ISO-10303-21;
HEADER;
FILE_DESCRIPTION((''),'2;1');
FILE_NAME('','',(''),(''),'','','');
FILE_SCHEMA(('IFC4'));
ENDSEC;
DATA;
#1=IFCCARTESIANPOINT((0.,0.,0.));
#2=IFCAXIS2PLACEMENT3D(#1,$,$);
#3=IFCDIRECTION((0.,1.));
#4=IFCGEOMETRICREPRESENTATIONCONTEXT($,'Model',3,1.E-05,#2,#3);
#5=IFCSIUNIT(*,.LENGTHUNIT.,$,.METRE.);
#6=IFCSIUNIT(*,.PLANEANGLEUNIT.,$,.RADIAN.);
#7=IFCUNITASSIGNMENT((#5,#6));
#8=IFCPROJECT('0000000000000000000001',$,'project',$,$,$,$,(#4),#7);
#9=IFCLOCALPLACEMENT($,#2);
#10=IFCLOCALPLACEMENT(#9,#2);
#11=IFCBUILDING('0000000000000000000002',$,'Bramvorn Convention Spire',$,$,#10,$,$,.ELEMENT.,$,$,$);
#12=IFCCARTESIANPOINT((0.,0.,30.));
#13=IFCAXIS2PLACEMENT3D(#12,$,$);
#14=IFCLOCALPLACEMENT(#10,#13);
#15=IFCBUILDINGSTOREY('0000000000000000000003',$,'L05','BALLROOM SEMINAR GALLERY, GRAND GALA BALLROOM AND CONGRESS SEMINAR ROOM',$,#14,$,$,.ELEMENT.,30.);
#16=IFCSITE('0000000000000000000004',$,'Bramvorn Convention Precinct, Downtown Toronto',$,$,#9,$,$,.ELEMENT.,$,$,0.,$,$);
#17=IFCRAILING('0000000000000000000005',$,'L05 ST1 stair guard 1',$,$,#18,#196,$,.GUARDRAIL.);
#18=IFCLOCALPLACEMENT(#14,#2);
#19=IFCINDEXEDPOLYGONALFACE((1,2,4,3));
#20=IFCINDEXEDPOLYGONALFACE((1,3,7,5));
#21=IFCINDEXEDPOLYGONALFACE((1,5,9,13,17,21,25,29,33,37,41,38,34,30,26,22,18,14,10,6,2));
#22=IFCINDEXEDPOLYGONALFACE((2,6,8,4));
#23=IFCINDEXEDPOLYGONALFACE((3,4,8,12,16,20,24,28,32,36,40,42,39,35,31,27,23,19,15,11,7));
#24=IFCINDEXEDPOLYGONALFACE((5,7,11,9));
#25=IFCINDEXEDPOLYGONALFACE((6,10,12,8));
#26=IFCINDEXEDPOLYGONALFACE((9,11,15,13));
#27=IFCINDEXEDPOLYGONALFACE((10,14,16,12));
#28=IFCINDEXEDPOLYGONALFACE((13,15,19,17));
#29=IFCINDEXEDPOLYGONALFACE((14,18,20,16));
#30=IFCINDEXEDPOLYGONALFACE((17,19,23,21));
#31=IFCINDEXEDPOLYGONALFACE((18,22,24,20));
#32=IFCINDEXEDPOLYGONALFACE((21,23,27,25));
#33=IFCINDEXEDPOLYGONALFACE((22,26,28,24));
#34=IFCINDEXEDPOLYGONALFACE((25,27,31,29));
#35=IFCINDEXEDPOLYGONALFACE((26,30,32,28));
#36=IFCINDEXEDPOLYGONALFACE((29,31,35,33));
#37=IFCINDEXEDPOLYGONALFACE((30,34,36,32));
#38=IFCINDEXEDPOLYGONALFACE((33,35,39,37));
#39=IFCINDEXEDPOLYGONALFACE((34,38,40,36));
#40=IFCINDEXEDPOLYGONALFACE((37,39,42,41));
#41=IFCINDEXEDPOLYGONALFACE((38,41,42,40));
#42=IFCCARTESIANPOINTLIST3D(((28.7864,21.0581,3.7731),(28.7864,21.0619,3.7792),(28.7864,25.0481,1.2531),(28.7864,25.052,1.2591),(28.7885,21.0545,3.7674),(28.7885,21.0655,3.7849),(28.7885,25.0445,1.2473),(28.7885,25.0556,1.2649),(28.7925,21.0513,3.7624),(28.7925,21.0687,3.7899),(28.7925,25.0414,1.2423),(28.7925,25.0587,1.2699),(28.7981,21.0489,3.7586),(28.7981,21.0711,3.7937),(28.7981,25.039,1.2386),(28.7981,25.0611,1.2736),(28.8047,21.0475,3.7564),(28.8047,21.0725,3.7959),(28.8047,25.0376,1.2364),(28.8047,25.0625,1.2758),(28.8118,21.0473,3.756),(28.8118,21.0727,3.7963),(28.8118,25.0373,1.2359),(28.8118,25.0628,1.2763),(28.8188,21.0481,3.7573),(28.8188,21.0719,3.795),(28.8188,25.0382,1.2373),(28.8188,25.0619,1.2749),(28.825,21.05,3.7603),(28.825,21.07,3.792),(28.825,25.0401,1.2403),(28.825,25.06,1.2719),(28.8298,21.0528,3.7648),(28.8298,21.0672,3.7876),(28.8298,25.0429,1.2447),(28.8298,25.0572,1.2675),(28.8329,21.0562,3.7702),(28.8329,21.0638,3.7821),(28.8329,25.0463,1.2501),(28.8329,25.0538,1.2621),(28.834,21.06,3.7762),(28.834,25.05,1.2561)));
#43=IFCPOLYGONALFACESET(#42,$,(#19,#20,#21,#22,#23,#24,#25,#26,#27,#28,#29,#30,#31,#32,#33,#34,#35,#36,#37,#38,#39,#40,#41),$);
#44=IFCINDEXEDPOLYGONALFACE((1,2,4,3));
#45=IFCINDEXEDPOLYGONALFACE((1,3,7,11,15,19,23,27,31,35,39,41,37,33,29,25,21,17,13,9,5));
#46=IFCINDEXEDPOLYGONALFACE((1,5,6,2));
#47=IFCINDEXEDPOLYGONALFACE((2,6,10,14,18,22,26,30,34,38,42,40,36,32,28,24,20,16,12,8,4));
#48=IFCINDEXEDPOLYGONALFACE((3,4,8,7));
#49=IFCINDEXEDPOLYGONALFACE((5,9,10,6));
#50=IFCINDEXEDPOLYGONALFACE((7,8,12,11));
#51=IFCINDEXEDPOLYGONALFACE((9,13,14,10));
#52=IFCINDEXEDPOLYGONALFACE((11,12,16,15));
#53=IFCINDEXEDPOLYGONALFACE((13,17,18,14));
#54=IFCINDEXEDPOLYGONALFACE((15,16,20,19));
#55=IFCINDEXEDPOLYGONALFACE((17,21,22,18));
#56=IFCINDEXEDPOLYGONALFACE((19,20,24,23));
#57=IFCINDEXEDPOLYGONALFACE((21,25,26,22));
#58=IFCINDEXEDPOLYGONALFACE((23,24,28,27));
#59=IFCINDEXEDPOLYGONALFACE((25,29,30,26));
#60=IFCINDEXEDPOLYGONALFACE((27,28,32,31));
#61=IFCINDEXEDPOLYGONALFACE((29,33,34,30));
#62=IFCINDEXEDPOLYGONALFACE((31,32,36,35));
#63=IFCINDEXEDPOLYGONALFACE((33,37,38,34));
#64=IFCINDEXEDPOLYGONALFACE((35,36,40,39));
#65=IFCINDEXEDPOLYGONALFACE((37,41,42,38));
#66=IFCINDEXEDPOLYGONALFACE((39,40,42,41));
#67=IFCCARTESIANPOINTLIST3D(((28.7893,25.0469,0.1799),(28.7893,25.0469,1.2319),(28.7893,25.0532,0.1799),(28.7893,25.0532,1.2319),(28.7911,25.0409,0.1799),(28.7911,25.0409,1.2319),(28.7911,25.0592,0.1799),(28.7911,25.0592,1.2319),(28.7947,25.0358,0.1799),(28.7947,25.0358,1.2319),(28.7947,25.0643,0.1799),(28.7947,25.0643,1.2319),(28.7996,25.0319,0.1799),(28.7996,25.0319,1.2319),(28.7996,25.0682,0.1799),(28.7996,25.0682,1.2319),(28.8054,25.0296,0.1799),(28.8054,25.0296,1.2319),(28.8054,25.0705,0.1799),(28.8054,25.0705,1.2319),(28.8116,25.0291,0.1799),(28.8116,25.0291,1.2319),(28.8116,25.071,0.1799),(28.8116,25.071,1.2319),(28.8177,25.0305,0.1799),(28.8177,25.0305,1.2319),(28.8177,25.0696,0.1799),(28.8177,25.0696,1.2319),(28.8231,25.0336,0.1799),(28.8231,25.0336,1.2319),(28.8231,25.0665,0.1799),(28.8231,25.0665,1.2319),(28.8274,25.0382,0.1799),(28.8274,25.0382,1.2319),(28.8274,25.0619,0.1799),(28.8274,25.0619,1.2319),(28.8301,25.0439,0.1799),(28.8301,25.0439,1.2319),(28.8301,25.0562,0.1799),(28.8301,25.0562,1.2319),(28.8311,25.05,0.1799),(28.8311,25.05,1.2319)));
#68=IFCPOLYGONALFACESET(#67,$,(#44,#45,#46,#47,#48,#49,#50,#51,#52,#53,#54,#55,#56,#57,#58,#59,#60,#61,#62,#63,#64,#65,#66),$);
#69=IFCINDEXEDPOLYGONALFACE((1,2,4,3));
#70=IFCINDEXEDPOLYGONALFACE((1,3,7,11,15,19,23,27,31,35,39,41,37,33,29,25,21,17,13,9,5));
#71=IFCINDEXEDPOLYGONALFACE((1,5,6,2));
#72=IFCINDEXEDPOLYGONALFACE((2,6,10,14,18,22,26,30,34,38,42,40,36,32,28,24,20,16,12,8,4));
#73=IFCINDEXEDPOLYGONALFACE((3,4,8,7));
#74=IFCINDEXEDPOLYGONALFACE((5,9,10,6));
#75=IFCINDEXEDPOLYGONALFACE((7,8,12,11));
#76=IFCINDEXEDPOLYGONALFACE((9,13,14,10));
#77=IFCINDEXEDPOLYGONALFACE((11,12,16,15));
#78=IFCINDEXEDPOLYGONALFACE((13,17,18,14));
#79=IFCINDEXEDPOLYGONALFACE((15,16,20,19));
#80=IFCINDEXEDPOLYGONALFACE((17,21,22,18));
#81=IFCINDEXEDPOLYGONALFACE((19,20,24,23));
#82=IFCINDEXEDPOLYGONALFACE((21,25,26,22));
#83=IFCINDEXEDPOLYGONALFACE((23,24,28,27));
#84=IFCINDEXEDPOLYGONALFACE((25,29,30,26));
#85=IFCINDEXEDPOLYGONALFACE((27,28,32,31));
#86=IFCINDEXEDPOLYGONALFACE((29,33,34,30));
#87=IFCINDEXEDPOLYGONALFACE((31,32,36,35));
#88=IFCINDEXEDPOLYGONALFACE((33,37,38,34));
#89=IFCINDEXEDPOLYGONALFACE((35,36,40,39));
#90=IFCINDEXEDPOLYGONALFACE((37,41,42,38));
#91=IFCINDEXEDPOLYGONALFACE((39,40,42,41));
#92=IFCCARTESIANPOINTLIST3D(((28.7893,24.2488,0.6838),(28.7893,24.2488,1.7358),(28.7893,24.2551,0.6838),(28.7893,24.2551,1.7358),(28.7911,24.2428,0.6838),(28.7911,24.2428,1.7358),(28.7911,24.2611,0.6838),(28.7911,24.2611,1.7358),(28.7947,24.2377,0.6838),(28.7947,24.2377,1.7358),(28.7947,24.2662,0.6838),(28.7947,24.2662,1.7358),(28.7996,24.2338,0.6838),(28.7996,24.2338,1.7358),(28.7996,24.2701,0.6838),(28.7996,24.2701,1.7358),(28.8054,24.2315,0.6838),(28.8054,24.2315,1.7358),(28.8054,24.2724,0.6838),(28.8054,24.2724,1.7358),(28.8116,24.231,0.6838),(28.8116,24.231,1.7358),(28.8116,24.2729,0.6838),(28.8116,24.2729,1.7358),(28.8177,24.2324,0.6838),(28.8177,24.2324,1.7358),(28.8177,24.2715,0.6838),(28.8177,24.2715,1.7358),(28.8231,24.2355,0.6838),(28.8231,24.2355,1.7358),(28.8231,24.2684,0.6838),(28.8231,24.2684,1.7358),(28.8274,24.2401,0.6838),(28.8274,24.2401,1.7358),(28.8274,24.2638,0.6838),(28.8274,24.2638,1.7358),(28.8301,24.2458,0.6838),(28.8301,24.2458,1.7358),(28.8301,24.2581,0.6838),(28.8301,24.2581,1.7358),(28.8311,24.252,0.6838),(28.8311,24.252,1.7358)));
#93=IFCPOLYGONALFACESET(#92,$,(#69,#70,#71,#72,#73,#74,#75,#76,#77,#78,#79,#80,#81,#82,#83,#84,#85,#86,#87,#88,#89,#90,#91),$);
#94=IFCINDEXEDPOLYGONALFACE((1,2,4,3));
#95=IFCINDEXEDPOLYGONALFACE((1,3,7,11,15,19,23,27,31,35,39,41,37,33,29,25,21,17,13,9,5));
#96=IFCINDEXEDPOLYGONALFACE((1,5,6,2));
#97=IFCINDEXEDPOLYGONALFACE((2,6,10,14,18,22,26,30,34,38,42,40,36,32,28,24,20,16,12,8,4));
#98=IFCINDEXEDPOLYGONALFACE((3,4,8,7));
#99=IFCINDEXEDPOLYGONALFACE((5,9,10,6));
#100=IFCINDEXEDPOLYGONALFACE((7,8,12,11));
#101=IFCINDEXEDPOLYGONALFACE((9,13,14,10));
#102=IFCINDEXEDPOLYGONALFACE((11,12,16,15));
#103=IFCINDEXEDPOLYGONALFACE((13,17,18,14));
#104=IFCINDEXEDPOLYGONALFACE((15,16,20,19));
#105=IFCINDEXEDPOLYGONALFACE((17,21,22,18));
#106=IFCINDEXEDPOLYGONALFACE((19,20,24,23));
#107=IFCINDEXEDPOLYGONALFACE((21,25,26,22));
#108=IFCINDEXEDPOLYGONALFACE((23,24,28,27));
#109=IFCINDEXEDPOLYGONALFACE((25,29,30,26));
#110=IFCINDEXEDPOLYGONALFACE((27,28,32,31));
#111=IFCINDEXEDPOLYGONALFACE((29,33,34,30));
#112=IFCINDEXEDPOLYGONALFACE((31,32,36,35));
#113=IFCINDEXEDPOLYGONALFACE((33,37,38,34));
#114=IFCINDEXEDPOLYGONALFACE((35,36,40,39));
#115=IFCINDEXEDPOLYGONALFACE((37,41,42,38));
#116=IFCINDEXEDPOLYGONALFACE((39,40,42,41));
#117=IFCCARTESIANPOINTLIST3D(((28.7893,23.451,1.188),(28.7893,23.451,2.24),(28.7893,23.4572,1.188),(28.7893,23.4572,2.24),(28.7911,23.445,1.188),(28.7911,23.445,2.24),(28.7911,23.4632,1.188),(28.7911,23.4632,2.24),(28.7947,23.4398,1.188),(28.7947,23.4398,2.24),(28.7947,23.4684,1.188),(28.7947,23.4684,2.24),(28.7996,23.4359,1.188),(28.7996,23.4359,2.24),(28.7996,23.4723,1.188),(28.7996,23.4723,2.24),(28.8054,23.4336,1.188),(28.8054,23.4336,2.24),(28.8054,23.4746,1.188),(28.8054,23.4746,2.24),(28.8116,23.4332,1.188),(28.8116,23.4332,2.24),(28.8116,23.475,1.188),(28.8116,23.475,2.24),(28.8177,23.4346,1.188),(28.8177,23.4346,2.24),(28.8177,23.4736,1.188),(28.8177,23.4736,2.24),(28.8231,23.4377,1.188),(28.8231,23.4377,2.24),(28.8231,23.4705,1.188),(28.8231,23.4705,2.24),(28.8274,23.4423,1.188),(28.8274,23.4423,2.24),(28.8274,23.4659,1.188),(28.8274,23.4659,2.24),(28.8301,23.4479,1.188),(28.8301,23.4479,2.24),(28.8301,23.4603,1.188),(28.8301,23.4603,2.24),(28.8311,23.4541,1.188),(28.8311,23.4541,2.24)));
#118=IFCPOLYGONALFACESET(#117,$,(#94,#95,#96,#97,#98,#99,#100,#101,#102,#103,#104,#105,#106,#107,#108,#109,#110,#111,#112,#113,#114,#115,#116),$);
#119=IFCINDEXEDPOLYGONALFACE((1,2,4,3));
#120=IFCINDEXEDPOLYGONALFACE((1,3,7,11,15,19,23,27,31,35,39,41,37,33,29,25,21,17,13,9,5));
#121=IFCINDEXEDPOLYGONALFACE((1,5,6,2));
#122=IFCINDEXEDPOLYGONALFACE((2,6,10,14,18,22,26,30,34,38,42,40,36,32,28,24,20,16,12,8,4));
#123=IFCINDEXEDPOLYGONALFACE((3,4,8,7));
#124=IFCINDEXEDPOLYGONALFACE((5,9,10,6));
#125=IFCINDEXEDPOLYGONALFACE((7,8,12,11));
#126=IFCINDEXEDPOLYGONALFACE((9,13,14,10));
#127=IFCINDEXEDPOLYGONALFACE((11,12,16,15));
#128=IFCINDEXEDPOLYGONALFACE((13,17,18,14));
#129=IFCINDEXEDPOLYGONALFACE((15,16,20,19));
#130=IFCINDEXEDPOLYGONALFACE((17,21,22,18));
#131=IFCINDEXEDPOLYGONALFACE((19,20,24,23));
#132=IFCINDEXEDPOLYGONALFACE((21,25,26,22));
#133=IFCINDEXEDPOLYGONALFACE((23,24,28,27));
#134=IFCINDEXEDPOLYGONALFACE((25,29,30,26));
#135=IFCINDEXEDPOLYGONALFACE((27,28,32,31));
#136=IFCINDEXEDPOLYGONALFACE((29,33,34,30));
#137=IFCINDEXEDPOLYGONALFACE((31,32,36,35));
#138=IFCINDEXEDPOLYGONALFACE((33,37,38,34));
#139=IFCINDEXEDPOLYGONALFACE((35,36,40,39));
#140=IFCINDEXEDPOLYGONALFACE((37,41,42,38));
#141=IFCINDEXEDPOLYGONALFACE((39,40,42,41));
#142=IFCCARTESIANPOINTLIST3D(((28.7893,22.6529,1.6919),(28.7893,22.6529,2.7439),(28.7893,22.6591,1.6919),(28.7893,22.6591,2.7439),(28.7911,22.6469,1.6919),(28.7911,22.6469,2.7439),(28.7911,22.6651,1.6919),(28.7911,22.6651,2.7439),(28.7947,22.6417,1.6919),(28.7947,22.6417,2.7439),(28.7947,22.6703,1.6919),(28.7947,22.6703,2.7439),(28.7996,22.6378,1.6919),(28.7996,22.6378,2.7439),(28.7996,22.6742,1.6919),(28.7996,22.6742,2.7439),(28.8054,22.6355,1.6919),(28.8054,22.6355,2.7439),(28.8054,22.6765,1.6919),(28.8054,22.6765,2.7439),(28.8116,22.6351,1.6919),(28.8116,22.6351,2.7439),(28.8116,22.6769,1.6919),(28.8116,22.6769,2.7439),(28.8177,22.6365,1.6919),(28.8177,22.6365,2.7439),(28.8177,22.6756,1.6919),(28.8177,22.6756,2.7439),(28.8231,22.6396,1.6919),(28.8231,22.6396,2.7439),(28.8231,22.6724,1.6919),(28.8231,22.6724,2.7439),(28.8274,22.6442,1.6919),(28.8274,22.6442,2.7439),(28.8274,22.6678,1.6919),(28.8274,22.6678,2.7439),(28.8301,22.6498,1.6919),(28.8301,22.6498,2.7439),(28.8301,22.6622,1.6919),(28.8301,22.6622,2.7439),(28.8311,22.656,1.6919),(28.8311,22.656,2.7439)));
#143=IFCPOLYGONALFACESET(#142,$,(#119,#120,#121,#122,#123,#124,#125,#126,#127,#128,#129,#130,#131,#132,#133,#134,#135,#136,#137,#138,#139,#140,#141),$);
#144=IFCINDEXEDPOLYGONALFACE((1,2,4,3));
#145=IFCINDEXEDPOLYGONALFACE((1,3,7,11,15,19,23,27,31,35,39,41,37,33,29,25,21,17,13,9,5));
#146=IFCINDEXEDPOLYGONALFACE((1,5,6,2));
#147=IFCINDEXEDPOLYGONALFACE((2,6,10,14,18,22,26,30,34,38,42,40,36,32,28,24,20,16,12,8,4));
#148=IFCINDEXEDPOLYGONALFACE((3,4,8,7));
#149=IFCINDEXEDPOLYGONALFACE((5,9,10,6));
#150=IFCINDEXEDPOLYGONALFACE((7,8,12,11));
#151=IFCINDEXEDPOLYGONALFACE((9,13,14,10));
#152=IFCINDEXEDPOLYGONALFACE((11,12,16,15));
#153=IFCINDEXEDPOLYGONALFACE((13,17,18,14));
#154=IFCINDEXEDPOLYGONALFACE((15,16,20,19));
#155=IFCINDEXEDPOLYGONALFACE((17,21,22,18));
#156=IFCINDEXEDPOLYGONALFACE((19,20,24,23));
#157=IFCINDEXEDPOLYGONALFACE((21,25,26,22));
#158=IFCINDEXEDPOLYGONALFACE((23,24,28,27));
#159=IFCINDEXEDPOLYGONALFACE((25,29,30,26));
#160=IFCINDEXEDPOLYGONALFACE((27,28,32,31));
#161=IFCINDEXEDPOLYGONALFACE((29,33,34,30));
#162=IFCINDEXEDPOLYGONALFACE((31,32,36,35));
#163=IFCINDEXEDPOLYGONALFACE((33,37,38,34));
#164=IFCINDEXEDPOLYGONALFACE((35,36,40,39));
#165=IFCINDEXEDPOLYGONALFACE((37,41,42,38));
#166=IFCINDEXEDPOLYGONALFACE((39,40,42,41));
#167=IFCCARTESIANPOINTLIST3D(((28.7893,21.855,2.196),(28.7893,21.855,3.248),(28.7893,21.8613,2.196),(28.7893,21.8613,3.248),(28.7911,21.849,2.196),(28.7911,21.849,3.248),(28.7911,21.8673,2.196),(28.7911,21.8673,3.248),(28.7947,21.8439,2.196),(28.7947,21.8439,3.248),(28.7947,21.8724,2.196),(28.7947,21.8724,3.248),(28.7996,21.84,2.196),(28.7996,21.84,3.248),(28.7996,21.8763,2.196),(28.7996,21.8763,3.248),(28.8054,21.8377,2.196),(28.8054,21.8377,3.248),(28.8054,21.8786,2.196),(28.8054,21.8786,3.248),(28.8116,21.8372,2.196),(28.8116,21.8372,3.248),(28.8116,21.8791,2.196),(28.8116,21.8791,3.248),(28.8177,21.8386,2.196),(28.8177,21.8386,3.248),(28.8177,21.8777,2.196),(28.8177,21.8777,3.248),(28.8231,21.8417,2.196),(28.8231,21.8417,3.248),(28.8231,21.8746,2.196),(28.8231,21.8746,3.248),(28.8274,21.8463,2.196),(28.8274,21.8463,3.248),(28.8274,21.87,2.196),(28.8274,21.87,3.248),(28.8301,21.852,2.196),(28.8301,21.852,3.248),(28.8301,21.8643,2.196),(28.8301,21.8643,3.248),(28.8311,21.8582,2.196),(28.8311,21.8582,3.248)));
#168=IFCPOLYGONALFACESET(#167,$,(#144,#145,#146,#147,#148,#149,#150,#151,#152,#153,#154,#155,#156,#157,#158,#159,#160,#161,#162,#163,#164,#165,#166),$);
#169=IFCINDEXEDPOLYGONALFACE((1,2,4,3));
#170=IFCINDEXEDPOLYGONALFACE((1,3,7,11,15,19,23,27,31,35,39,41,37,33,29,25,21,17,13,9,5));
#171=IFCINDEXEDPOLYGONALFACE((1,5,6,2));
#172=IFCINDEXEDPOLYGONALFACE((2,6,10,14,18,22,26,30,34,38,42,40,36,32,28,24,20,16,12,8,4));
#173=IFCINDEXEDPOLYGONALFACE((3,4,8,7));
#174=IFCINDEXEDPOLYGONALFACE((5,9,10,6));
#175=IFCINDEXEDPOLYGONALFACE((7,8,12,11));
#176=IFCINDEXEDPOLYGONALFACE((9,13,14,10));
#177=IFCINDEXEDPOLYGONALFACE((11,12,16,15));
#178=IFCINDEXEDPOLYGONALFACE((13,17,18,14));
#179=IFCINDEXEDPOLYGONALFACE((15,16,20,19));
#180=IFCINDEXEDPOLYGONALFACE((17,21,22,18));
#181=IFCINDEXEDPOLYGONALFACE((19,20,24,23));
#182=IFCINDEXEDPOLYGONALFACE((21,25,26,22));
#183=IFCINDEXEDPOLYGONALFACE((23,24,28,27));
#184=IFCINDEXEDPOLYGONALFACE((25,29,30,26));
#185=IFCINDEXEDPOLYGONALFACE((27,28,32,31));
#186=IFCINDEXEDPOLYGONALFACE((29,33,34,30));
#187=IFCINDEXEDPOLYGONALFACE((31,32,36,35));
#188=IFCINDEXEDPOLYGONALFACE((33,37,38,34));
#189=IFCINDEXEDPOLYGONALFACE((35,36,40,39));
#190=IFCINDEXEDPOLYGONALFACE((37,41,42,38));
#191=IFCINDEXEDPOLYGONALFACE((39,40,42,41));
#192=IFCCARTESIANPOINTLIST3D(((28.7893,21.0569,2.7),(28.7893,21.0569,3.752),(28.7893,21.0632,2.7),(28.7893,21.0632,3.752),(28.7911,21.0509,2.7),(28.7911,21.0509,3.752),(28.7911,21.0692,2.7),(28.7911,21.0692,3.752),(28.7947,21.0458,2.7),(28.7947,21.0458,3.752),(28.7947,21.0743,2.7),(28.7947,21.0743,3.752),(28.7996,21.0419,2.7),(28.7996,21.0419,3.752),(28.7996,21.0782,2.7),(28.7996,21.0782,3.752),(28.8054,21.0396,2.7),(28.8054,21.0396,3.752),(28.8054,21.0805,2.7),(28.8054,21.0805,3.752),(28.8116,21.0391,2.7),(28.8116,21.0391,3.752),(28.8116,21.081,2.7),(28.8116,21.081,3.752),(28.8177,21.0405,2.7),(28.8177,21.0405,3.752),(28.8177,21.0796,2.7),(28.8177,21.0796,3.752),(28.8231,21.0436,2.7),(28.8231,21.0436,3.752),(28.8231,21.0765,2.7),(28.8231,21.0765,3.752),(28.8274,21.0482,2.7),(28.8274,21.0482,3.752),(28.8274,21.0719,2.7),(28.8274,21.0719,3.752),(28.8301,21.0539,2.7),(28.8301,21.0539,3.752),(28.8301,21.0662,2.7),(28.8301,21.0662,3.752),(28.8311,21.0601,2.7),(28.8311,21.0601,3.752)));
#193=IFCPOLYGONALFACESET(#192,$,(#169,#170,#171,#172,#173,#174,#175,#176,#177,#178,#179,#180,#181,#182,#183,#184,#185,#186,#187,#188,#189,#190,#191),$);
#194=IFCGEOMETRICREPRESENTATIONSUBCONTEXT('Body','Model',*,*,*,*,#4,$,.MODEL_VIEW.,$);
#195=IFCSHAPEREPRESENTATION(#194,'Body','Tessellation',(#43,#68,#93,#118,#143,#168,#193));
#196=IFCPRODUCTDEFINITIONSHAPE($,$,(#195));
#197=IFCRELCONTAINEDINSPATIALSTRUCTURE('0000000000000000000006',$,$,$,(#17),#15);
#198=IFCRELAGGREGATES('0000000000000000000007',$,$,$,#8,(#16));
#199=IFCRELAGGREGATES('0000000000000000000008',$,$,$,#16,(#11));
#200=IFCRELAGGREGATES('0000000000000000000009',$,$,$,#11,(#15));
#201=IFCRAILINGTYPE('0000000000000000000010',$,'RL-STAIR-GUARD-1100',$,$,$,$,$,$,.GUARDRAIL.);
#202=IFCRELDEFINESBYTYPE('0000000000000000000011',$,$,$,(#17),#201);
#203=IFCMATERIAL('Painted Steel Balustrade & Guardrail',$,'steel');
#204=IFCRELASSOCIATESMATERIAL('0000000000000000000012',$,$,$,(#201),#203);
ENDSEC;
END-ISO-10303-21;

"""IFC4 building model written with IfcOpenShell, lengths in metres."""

from ifc_helpers import new_model, si_unit, direction, frame, origin, origin_2d, place, context, subcontext, project, spatial, circle, extrude, material, type_object, element, save


model = new_model("IFC4")

# Units and contexts
model_context = context("Model", 3, precision=1e-05, world=origin(), true_north=direction((0.0, 1.0)))
body_context = subcontext(model_context, "Body", "Model", "MODEL_VIEW")
ifc_project = project(units=[si_unit("LENGTHUNIT", "METRE"), si_unit("PLANEANGLEUNIT", "RADIAN")], contexts=[model_context])

# Site, building, storey
site_placement = place(None, origin())
site = spatial("IfcSite", under=ifc_project, at=site_placement, Name="Bramvorn Convention Precinct, Downtown Toronto", CompositionType="ELEMENT", RefElevation=0.0)
building_placement = place(site_placement, origin())
building = spatial("IfcBuilding", under=site, at=building_placement, Name="Bramvorn Convention Spire", CompositionType="ELEMENT")
storey_placement = place(building_placement, frame((0.0, 0.0, 30.0)))
storey = spatial("IfcBuildingStorey", under=building, at=storey_placement, Name="L05", Description="BALLROOM SEMINAR GALLERY, GRAND GALA BALLROOM AND CONGRESS SEMINAR ROOM", CompositionType="ELEMENT", Elevation=30.0)

# Railing
ifc_material_1 = material(Name="Painted Steel Balustrade & Guardrail", Category="steel")
railing_type_1 = type_object("IfcRailingType", Name="RL-STAIR-GUARD-1100", PredefinedType="GUARDRAIL", material=ifc_material_1)
railing_1_placement = place(storey_placement, frame((28.8101, 25.05, 0.1799)))
element("IfcRailing", 1, at=railing_1_placement, inside=storey, type_object=railing_type_1, Name="L05 ST1 stair guard 1", PredefinedType="GUARDRAIL", context=body_context, shape_type="SweptSolid", body=[
    extrude(circle(Radius=0.0239, at=origin_2d()), frame((0.0, 0.0, 1.0762), z_axis=(0.0, -0.845486, 0.533997), x_axis=(1.0, 0.0, 0.0)), (0.0, 0.0, 1.0), 4.7192),
    extrude(circle(Radius=0.021, at=origin_2d()), origin(), (0.0, 0.0, 1.0), 1.052),
    extrude(circle(Radius=0.021, at=origin_2d()), frame((0.0, -0.7981, 0.5039)), (0.0, 0.0, 1.0), 1.052),
    extrude(circle(Radius=0.021, at=origin_2d()), frame((0.0, -1.5959, 1.0081)), (0.0, 0.0, 1.0), 1.052),
    extrude(circle(Radius=0.021, at=origin_2d()), frame((0.0, -2.394, 1.512)), (0.0, 0.0, 1.0), 1.052),
    extrude(circle(Radius=0.021, at=origin_2d()), frame((0.0, -3.1919, 2.0161)), (0.0, 0.0, 1.0), 1.052),
    extrude(circle(Radius=0.021, at=origin_2d()), frame((0.0, -3.99, 2.52)), (0.0, 0.0, 1.0), 1.052),
])

save(model, "model.ifc")
